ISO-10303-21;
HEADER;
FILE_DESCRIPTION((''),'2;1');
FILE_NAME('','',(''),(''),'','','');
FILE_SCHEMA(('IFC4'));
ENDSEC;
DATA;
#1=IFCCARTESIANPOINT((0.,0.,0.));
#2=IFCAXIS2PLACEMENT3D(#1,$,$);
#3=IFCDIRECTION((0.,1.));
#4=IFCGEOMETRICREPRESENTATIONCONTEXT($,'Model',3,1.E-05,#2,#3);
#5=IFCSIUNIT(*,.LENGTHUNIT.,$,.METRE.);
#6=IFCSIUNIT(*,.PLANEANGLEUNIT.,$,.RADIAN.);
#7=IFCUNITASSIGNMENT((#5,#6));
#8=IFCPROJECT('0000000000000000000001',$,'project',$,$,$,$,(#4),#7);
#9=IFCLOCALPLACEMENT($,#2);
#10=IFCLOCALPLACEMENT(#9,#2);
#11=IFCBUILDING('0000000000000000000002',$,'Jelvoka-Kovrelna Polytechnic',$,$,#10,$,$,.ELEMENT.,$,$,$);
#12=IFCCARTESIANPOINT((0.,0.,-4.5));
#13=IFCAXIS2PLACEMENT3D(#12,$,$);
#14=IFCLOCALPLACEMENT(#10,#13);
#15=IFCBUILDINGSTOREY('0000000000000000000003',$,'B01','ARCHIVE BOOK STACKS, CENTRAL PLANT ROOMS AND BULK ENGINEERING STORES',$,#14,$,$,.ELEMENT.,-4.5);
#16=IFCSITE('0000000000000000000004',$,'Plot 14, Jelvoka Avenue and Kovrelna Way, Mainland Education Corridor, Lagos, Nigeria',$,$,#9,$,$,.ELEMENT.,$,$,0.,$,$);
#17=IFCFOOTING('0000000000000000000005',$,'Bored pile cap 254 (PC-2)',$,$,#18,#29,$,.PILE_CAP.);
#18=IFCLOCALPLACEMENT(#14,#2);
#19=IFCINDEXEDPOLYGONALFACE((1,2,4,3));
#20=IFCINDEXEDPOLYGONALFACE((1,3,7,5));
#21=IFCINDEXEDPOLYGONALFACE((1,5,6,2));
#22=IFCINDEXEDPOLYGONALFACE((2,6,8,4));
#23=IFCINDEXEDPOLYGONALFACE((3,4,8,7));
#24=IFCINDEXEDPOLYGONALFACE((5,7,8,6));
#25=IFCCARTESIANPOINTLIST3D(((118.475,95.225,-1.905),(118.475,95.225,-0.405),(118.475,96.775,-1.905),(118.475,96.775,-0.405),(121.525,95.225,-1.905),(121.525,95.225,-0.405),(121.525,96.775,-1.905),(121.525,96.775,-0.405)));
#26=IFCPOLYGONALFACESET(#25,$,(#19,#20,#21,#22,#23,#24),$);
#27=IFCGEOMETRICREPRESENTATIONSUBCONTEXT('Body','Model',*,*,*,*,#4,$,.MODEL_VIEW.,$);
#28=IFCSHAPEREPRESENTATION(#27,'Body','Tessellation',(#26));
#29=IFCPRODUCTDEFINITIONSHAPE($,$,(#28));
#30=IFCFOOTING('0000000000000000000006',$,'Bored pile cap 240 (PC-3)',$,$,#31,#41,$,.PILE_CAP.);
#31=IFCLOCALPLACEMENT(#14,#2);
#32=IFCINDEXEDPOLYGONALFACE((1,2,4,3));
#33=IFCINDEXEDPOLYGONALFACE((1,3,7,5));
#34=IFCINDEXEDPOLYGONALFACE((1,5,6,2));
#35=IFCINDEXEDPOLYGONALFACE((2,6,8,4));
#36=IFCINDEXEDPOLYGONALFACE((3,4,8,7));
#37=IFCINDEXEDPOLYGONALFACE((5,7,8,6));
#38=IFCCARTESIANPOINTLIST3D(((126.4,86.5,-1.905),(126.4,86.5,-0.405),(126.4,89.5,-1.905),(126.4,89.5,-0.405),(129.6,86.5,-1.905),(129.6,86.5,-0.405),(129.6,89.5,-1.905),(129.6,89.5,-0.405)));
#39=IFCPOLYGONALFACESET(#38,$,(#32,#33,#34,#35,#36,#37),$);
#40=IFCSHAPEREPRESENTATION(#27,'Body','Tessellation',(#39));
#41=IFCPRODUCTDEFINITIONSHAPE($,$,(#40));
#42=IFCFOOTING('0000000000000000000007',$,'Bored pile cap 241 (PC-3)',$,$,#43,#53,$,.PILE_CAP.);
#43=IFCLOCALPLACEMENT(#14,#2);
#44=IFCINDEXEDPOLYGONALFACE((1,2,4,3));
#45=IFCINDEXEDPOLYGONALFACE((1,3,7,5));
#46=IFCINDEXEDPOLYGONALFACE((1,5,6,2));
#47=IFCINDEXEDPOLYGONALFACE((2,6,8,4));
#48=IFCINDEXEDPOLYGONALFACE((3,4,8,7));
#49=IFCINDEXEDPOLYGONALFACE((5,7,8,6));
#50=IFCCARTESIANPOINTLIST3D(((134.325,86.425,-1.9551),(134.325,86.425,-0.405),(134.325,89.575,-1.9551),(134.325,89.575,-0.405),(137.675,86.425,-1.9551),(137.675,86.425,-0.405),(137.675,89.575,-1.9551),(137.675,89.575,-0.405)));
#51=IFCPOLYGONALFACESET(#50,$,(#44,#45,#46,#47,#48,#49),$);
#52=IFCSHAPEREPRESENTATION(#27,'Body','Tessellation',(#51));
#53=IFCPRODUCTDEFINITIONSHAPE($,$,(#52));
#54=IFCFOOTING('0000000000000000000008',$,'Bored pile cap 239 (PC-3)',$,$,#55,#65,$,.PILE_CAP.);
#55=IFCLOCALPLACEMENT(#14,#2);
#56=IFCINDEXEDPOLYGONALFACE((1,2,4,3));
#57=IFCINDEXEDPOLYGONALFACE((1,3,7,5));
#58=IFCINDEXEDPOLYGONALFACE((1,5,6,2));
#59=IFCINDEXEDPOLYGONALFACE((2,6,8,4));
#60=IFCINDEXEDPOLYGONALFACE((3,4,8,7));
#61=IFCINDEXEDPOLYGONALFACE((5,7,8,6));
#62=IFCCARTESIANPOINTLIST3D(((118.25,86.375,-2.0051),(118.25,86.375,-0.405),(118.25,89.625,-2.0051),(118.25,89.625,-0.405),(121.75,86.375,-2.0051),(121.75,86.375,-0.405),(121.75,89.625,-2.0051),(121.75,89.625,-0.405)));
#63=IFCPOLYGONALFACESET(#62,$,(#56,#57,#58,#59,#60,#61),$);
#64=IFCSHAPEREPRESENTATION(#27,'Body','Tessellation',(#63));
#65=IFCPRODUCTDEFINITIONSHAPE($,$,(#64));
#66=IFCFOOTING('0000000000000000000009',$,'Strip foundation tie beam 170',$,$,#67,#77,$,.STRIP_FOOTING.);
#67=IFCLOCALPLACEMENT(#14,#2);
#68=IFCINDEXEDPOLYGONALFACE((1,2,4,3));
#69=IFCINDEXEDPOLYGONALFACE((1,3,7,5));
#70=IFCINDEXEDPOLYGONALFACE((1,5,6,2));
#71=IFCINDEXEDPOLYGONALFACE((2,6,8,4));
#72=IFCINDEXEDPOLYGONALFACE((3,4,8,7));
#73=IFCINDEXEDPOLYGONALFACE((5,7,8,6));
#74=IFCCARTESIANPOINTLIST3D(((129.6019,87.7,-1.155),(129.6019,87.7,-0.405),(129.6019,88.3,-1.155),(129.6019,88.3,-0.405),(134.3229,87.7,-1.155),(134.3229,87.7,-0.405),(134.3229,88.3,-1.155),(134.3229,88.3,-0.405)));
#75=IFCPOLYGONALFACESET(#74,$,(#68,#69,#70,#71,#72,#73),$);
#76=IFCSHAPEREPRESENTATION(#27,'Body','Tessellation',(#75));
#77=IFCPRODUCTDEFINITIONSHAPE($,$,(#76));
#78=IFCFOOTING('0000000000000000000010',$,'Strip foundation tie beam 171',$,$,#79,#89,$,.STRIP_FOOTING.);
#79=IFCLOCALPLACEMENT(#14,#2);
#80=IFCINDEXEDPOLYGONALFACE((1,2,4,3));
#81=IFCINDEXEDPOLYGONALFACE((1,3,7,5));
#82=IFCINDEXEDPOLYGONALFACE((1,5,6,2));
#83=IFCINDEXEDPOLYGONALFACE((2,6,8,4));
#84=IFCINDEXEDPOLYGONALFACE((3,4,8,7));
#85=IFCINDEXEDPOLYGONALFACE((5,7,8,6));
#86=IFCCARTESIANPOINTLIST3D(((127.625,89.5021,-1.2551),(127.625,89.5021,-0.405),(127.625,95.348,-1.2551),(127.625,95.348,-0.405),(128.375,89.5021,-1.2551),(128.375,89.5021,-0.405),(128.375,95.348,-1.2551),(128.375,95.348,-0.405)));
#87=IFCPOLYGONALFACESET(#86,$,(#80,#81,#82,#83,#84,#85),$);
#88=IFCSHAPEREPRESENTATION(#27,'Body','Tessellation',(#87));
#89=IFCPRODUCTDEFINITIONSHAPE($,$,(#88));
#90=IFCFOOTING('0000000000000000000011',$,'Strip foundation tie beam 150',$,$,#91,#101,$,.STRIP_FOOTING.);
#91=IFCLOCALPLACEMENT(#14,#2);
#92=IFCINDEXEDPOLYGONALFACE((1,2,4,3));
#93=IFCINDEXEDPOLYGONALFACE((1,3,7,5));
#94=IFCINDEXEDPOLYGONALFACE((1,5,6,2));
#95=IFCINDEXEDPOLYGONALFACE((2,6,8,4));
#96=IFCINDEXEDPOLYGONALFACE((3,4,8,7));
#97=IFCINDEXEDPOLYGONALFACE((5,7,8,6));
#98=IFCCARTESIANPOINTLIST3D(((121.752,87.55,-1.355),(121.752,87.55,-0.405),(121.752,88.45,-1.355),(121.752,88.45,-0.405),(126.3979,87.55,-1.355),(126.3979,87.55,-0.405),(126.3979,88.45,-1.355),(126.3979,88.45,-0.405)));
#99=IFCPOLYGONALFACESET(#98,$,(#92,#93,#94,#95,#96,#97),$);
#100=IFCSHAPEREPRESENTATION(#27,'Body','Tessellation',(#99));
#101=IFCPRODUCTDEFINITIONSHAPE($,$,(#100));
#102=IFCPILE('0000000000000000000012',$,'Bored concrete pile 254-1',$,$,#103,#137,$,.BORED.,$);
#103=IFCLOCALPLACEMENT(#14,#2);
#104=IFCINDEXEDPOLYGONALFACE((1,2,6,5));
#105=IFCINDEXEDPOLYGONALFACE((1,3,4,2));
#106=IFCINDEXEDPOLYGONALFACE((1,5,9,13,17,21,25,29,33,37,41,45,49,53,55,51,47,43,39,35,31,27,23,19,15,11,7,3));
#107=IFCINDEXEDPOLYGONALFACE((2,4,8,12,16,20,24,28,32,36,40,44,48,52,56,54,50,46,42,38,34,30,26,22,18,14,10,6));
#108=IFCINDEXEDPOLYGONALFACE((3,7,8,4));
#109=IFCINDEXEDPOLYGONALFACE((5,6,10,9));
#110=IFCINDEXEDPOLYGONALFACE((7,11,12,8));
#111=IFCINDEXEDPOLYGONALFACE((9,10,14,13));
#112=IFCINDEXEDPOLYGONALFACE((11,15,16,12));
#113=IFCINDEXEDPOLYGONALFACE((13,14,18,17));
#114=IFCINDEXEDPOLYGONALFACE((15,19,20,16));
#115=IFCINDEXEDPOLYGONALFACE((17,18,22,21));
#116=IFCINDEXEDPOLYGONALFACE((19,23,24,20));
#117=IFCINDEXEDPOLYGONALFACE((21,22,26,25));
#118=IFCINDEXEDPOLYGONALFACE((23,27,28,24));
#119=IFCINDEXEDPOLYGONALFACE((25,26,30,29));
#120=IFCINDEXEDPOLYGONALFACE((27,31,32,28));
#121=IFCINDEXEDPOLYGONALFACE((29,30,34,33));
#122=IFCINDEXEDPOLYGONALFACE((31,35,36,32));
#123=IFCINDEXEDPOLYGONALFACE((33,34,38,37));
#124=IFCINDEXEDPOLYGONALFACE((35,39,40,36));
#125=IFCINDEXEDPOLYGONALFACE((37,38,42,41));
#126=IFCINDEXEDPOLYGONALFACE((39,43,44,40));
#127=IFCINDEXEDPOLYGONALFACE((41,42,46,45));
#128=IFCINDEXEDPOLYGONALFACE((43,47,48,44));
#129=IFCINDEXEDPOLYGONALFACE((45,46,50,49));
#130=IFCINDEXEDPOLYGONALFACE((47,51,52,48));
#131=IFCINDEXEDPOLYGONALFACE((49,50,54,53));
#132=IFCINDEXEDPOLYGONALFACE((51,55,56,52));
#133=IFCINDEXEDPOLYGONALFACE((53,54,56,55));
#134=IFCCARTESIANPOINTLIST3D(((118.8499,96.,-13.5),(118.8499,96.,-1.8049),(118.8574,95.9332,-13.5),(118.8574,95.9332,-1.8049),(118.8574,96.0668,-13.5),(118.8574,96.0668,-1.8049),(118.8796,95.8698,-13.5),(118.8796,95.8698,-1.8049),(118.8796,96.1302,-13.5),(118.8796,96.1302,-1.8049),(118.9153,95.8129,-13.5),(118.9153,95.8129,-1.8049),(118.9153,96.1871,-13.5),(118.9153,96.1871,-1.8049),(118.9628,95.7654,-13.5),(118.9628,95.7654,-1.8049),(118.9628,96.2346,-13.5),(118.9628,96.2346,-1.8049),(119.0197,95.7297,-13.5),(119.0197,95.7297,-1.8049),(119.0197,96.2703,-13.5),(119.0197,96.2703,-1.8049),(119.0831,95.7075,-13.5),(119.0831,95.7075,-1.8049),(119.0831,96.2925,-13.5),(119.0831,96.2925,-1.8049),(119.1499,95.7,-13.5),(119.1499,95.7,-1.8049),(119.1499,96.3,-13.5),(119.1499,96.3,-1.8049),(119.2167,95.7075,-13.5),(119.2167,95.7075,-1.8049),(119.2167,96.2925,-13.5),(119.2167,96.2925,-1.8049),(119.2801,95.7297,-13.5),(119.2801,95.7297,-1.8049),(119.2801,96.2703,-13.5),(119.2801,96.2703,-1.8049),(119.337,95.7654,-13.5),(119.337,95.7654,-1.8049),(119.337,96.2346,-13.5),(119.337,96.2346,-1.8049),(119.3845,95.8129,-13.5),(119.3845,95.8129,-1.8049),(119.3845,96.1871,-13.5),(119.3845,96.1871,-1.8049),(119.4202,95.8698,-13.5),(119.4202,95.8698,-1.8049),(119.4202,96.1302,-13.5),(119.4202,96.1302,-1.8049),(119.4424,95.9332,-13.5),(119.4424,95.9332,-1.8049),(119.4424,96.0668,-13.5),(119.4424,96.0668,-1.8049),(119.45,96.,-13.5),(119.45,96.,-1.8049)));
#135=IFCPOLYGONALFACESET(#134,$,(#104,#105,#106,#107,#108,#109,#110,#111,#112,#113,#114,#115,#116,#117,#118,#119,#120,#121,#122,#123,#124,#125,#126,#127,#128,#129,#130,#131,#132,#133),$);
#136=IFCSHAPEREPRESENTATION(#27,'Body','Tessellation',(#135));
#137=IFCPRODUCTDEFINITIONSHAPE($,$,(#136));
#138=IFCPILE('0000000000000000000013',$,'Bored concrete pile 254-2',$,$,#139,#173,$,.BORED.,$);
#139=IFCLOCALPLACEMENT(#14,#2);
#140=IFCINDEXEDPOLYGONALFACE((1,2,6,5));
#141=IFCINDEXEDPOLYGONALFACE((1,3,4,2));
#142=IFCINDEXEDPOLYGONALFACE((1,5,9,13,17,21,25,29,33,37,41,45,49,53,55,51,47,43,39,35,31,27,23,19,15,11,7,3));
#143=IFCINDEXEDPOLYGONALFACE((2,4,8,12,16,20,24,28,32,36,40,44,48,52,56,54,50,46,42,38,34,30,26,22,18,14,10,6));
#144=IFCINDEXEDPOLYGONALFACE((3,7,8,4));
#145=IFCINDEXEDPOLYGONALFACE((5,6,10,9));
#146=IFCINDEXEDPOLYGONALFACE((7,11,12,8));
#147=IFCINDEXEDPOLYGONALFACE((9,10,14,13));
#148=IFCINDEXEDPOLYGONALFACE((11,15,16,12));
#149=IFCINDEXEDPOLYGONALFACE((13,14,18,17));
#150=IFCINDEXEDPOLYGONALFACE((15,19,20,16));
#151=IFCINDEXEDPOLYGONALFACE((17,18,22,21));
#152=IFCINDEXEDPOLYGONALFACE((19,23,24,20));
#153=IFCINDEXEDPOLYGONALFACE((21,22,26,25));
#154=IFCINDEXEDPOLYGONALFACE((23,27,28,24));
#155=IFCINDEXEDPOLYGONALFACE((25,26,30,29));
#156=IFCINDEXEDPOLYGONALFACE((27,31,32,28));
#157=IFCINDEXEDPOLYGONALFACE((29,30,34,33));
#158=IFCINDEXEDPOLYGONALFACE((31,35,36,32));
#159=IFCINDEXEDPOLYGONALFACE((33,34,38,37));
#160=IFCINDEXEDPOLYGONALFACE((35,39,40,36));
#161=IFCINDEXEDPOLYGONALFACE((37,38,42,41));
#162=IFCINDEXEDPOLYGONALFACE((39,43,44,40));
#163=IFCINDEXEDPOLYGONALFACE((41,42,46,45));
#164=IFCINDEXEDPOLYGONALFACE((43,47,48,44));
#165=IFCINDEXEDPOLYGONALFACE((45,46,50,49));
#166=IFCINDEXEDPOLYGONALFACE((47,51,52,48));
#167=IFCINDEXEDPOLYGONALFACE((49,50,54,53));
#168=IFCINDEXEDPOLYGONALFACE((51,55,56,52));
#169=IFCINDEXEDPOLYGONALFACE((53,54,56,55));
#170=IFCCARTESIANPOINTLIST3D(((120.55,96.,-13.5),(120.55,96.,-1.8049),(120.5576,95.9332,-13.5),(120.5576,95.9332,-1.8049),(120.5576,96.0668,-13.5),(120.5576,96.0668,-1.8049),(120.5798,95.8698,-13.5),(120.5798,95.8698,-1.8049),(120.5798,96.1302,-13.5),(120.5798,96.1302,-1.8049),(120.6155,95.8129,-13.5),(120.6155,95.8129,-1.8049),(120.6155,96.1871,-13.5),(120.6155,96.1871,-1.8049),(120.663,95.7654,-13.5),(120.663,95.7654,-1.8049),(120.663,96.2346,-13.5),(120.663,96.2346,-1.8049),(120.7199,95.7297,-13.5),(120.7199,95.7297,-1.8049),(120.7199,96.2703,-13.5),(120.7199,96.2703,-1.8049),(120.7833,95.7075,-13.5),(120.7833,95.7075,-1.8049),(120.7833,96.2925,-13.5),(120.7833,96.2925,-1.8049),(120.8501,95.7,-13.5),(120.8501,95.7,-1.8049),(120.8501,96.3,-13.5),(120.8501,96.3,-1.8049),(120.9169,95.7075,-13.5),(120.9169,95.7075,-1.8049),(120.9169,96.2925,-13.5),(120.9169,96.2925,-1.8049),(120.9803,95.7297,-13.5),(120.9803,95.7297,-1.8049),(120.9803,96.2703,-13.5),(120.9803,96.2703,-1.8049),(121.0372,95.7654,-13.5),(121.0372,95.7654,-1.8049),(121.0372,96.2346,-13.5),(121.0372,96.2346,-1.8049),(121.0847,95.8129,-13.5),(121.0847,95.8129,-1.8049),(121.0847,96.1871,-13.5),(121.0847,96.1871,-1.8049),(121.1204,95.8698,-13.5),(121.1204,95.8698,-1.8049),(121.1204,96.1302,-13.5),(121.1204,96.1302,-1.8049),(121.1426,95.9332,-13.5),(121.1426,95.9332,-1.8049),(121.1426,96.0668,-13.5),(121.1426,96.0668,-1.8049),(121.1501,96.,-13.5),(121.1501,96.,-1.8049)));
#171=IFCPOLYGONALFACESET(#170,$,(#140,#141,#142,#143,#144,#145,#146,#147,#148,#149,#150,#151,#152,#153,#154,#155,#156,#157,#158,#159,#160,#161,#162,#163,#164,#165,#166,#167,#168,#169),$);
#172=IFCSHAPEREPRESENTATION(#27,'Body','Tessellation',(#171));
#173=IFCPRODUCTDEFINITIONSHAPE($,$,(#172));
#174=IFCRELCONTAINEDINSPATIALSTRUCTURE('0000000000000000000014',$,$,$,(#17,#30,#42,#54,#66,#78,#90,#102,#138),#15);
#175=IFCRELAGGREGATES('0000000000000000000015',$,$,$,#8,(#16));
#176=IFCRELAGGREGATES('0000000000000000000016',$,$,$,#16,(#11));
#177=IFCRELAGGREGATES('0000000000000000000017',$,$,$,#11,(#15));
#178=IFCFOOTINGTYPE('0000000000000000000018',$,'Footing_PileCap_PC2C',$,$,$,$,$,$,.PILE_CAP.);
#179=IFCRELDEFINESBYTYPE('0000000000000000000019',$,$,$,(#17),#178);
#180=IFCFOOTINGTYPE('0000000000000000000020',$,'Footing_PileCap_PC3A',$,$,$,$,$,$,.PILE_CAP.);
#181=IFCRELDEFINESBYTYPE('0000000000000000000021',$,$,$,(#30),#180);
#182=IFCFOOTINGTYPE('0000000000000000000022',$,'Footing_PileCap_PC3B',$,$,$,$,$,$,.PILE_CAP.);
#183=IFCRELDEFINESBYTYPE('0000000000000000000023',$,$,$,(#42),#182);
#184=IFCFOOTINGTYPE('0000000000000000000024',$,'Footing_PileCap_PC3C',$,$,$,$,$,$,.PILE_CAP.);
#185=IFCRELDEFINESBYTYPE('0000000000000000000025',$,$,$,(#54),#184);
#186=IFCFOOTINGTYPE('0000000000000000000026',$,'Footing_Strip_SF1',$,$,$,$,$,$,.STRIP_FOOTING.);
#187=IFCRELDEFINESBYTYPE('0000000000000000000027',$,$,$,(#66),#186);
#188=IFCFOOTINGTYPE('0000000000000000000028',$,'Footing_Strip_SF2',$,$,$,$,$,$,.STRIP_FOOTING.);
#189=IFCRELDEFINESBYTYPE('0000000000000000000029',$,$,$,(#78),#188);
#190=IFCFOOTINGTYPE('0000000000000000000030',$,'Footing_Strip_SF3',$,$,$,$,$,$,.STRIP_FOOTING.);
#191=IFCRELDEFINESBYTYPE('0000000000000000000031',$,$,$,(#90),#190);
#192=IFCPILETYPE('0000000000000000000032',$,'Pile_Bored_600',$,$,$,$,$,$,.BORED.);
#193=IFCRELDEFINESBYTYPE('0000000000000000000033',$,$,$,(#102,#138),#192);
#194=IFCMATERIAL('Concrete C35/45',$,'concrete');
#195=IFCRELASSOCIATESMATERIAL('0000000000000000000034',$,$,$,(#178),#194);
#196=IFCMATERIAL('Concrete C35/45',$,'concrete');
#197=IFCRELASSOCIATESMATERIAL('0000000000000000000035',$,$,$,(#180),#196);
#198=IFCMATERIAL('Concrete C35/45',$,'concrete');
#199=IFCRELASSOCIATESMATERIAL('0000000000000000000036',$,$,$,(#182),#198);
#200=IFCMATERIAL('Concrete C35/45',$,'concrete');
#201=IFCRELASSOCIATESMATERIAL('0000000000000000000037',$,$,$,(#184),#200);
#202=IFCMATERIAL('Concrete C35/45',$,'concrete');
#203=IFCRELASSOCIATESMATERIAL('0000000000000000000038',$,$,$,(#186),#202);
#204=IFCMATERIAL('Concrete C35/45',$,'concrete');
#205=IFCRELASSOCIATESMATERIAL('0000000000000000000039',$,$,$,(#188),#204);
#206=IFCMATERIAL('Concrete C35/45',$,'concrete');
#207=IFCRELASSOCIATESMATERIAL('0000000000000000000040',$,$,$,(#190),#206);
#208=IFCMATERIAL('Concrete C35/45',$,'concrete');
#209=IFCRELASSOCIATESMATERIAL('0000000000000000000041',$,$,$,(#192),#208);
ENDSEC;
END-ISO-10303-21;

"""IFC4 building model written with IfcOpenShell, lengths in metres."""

from ifc_helpers import new_model, si_unit, direction, frame, origin, origin_2d, place, context, subcontext, project, spatial, rectangle, circle, extrude, material, material_profile, profile_set, type_object, element, save


model = new_model("IFC4")

# Units and contexts
model_context = context("Model", 3, precision=1e-05, world=origin(), true_north=direction((0.0, 1.0)))
body_context = subcontext(model_context, "Body", "Model", "MODEL_VIEW")
ifc_project = project(units=[si_unit("LENGTHUNIT", "METRE"), si_unit("PLANEANGLEUNIT", "RADIAN")], contexts=[model_context])

# Site, building, storey
site_placement = place(None, origin())
site = spatial("IfcSite", under=ifc_project, at=site_placement, Name="Plot 14, Jelvoka Avenue and Kovrelna Way, Mainland Education Corridor, Lagos, Nigeria", CompositionType="ELEMENT", RefElevation=0.0)
building_placement = place(site_placement, origin())
building = spatial("IfcBuilding", under=site, at=building_placement, Name="Jelvoka-Kovrelna Polytechnic", CompositionType="ELEMENT")
storey_placement = place(building_placement, frame((0.0, 0.0, -4.5)))
storey = spatial("IfcBuildingStorey", under=building, at=storey_placement, Name="B01", Description="ARCHIVE BOOK STACKS, CENTRAL PLANT ROOMS AND BULK ENGINEERING STORES", CompositionType="ELEMENT", Elevation=-4.5)

# Footings
ifc_material_1 = material(Name="Concrete C35/45", Category="concrete")
footing_type_1 = type_object("IfcFootingType", Name="Footing_PileCap_PC2C", PredefinedType="PILE_CAP", material=ifc_material_1)
footing_1_placement = place(storey_placement, frame((120.0, 96.0, -1.905), z_axis=(0.0, 0.0, 1.0), x_axis=(1.0, 0.0, 0.0)))
element("IfcFooting", 1, at=footing_1_placement, inside=storey, type_object=footing_type_1, Name="Bored pile cap 254 (PC-2)", PredefinedType="PILE_CAP", context=body_context, shape_type="SweptSolid", body=[
    extrude(rectangle(XDim=3.05, YDim=1.55, at=origin_2d()), origin(), (0.0, 0.0, 1.0), 1.5),
])
ifc_material_2 = material(Name="Concrete C35/45", Category="concrete")
footing_type_2 = type_object("IfcFootingType", Name="Footing_PileCap_PC3A", PredefinedType="PILE_CAP", material=ifc_material_2)
footing_2_placement = place(storey_placement, frame((128.0, 88.0, -1.905), z_axis=(0.0, 0.0, 1.0), x_axis=(1.0, 0.0, 0.0)))
element("IfcFooting", 2, at=footing_2_placement, inside=storey, type_object=footing_type_2, Name="Bored pile cap 240 (PC-3)", PredefinedType="PILE_CAP", context=body_context, shape_type="SweptSolid", body=[
    extrude(rectangle(XDim=3.2, YDim=3.0, at=origin_2d()), origin(), (0.0, 0.0, 1.0), 1.5),
])
ifc_material_3 = material(Name="Concrete C35/45", Category="concrete")
footing_type_3 = type_object("IfcFootingType", Name="Footing_PileCap_PC3B", PredefinedType="PILE_CAP", material=ifc_material_3)
footing_3_placement = place(storey_placement, frame((136.0, 88.0, -1.9551), z_axis=(0.0, 0.0, 1.0), x_axis=(1.0, 0.0, 0.0)))
element("IfcFooting", 3, at=footing_3_placement, inside=storey, type_object=footing_type_3, Name="Bored pile cap 241 (PC-3)", PredefinedType="PILE_CAP", context=body_context, shape_type="SweptSolid", body=[
    extrude(rectangle(XDim=3.3501, YDim=3.1499, at=origin_2d()), origin(), (0.0, 0.0, 1.0), 1.55),
])
ifc_material_4 = material(Name="Concrete C35/45", Category="concrete")
footing_type_4 = type_object("IfcFootingType", Name="Footing_PileCap_PC3C", PredefinedType="PILE_CAP", material=ifc_material_4)
footing_4_placement = place(storey_placement, frame((120.0, 88.0, -2.0051), z_axis=(0.0, 0.0, 1.0), x_axis=(1.0, 0.0, 0.0)))
element("IfcFooting", 4, at=footing_4_placement, inside=storey, type_object=footing_type_4, Name="Bored pile cap 239 (PC-3)", PredefinedType="PILE_CAP", context=body_context, shape_type="SweptSolid", body=[
    extrude(rectangle(XDim=3.5, YDim=3.25, at=origin_2d()), origin(), (0.0, 0.0, 1.0), 1.6001),
])
ifc_material_5 = material(Name="Concrete C35/45", Category="concrete")
footing_type_5 = type_object("IfcFootingType", Name="Footing_Strip_SF1", PredefinedType="STRIP_FOOTING", material=ifc_material_5)
footing_5_placement = place(storey_placement, frame((131.9624, 88.0, -1.155), z_axis=(0.0, 0.0, 1.0), x_axis=(1.0, 0.0, 0.0)))
element("IfcFooting", 5, at=footing_5_placement, inside=storey, type_object=footing_type_5, Name="Strip foundation tie beam 170", PredefinedType="STRIP_FOOTING", context=body_context, shape_type="SweptSolid", body=[
    extrude(rectangle(XDim=4.7209, YDim=0.6001, at=origin_2d()), origin(), (0.0, 0.0, 1.0), 0.75),
])
ifc_material_6 = material(Name="Concrete C35/45", Category="concrete")
footing_type_6 = type_object("IfcFootingType", Name="Footing_Strip_SF2", PredefinedType="STRIP_FOOTING", material=ifc_material_6)
footing_6_placement = place(storey_placement, frame((128.0, 92.425, -1.2551), z_axis=(0.0, 0.0, 1.0), x_axis=(0.0, 1.0, 0.0)))
element("IfcFooting", 6, at=footing_6_placement, inside=storey, type_object=footing_type_6, Name="Strip foundation tie beam 171", PredefinedType="STRIP_FOOTING", context=body_context, shape_type="SweptSolid", body=[
    extrude(rectangle(XDim=5.8459, YDim=0.75, at=origin_2d()), origin(), (0.0, 0.0, 1.0), 0.8501),
])
ifc_material_7 = material(Name="Concrete C35/45", Category="concrete")
footing_type_7 = type_object("IfcFootingType", Name="Footing_Strip_SF3", PredefinedType="STRIP_FOOTING", material=ifc_material_7)
footing_7_placement = place(storey_placement, frame((124.075, 88.0, -1.355), z_axis=(0.0, 0.0, 1.0), x_axis=(1.0, 0.0, 0.0)))
element("IfcFooting", 7, at=footing_7_placement, inside=storey, type_object=footing_type_7, Name="Strip foundation tie beam 150", PredefinedType="STRIP_FOOTING", context=body_context, shape_type="SweptSolid", body=[
    extrude(rectangle(XDim=4.646, YDim=0.8999, at=origin_2d()), origin(), (0.0, 0.0, 1.0), 0.95),
])

# Piles
ifc_material_8 = material(Name="Concrete C35/45", Category="concrete")
ifc_material_profile_1 = material_profile(ifc_material_8, circle(Radius=0.3, at=origin_2d()), Name="PILE D600")
ifc_profile_set_1 = profile_set([ifc_material_profile_1], Name="Concrete C35/45")
pile_type_1 = type_object("IfcPileType", Name="Pile_Bored_600", PredefinedType="BORED", material=ifc_profile_set_1)
for number, where, z_axis, x_axis, name in (
    (8, (119.1499, 96.0, -1.8049), (0.0, 0.0, -1.0), (1.0, 0.0, 0.0), "Bored concrete pile 254-1"),
    (9, (120.8501, 96.0, -1.8049), (0.0, 0.0, -1.0), (1.0, 0.0, 0.0), "Bored concrete pile 254-2"),
):
    element("IfcPile", number, at=place(storey_placement, frame(where, z_axis=z_axis, x_axis=x_axis)), inside=storey, type_object=pile_type_1, Name=name, PredefinedType="BORED", context=body_context, shape_type="SweptSolid", body=[
        extrude(circle(Radius=0.3, at=origin_2d()), origin(), (0.0, 0.0, 1.0), 11.6951),
    ])

save(model, "model.ifc")
